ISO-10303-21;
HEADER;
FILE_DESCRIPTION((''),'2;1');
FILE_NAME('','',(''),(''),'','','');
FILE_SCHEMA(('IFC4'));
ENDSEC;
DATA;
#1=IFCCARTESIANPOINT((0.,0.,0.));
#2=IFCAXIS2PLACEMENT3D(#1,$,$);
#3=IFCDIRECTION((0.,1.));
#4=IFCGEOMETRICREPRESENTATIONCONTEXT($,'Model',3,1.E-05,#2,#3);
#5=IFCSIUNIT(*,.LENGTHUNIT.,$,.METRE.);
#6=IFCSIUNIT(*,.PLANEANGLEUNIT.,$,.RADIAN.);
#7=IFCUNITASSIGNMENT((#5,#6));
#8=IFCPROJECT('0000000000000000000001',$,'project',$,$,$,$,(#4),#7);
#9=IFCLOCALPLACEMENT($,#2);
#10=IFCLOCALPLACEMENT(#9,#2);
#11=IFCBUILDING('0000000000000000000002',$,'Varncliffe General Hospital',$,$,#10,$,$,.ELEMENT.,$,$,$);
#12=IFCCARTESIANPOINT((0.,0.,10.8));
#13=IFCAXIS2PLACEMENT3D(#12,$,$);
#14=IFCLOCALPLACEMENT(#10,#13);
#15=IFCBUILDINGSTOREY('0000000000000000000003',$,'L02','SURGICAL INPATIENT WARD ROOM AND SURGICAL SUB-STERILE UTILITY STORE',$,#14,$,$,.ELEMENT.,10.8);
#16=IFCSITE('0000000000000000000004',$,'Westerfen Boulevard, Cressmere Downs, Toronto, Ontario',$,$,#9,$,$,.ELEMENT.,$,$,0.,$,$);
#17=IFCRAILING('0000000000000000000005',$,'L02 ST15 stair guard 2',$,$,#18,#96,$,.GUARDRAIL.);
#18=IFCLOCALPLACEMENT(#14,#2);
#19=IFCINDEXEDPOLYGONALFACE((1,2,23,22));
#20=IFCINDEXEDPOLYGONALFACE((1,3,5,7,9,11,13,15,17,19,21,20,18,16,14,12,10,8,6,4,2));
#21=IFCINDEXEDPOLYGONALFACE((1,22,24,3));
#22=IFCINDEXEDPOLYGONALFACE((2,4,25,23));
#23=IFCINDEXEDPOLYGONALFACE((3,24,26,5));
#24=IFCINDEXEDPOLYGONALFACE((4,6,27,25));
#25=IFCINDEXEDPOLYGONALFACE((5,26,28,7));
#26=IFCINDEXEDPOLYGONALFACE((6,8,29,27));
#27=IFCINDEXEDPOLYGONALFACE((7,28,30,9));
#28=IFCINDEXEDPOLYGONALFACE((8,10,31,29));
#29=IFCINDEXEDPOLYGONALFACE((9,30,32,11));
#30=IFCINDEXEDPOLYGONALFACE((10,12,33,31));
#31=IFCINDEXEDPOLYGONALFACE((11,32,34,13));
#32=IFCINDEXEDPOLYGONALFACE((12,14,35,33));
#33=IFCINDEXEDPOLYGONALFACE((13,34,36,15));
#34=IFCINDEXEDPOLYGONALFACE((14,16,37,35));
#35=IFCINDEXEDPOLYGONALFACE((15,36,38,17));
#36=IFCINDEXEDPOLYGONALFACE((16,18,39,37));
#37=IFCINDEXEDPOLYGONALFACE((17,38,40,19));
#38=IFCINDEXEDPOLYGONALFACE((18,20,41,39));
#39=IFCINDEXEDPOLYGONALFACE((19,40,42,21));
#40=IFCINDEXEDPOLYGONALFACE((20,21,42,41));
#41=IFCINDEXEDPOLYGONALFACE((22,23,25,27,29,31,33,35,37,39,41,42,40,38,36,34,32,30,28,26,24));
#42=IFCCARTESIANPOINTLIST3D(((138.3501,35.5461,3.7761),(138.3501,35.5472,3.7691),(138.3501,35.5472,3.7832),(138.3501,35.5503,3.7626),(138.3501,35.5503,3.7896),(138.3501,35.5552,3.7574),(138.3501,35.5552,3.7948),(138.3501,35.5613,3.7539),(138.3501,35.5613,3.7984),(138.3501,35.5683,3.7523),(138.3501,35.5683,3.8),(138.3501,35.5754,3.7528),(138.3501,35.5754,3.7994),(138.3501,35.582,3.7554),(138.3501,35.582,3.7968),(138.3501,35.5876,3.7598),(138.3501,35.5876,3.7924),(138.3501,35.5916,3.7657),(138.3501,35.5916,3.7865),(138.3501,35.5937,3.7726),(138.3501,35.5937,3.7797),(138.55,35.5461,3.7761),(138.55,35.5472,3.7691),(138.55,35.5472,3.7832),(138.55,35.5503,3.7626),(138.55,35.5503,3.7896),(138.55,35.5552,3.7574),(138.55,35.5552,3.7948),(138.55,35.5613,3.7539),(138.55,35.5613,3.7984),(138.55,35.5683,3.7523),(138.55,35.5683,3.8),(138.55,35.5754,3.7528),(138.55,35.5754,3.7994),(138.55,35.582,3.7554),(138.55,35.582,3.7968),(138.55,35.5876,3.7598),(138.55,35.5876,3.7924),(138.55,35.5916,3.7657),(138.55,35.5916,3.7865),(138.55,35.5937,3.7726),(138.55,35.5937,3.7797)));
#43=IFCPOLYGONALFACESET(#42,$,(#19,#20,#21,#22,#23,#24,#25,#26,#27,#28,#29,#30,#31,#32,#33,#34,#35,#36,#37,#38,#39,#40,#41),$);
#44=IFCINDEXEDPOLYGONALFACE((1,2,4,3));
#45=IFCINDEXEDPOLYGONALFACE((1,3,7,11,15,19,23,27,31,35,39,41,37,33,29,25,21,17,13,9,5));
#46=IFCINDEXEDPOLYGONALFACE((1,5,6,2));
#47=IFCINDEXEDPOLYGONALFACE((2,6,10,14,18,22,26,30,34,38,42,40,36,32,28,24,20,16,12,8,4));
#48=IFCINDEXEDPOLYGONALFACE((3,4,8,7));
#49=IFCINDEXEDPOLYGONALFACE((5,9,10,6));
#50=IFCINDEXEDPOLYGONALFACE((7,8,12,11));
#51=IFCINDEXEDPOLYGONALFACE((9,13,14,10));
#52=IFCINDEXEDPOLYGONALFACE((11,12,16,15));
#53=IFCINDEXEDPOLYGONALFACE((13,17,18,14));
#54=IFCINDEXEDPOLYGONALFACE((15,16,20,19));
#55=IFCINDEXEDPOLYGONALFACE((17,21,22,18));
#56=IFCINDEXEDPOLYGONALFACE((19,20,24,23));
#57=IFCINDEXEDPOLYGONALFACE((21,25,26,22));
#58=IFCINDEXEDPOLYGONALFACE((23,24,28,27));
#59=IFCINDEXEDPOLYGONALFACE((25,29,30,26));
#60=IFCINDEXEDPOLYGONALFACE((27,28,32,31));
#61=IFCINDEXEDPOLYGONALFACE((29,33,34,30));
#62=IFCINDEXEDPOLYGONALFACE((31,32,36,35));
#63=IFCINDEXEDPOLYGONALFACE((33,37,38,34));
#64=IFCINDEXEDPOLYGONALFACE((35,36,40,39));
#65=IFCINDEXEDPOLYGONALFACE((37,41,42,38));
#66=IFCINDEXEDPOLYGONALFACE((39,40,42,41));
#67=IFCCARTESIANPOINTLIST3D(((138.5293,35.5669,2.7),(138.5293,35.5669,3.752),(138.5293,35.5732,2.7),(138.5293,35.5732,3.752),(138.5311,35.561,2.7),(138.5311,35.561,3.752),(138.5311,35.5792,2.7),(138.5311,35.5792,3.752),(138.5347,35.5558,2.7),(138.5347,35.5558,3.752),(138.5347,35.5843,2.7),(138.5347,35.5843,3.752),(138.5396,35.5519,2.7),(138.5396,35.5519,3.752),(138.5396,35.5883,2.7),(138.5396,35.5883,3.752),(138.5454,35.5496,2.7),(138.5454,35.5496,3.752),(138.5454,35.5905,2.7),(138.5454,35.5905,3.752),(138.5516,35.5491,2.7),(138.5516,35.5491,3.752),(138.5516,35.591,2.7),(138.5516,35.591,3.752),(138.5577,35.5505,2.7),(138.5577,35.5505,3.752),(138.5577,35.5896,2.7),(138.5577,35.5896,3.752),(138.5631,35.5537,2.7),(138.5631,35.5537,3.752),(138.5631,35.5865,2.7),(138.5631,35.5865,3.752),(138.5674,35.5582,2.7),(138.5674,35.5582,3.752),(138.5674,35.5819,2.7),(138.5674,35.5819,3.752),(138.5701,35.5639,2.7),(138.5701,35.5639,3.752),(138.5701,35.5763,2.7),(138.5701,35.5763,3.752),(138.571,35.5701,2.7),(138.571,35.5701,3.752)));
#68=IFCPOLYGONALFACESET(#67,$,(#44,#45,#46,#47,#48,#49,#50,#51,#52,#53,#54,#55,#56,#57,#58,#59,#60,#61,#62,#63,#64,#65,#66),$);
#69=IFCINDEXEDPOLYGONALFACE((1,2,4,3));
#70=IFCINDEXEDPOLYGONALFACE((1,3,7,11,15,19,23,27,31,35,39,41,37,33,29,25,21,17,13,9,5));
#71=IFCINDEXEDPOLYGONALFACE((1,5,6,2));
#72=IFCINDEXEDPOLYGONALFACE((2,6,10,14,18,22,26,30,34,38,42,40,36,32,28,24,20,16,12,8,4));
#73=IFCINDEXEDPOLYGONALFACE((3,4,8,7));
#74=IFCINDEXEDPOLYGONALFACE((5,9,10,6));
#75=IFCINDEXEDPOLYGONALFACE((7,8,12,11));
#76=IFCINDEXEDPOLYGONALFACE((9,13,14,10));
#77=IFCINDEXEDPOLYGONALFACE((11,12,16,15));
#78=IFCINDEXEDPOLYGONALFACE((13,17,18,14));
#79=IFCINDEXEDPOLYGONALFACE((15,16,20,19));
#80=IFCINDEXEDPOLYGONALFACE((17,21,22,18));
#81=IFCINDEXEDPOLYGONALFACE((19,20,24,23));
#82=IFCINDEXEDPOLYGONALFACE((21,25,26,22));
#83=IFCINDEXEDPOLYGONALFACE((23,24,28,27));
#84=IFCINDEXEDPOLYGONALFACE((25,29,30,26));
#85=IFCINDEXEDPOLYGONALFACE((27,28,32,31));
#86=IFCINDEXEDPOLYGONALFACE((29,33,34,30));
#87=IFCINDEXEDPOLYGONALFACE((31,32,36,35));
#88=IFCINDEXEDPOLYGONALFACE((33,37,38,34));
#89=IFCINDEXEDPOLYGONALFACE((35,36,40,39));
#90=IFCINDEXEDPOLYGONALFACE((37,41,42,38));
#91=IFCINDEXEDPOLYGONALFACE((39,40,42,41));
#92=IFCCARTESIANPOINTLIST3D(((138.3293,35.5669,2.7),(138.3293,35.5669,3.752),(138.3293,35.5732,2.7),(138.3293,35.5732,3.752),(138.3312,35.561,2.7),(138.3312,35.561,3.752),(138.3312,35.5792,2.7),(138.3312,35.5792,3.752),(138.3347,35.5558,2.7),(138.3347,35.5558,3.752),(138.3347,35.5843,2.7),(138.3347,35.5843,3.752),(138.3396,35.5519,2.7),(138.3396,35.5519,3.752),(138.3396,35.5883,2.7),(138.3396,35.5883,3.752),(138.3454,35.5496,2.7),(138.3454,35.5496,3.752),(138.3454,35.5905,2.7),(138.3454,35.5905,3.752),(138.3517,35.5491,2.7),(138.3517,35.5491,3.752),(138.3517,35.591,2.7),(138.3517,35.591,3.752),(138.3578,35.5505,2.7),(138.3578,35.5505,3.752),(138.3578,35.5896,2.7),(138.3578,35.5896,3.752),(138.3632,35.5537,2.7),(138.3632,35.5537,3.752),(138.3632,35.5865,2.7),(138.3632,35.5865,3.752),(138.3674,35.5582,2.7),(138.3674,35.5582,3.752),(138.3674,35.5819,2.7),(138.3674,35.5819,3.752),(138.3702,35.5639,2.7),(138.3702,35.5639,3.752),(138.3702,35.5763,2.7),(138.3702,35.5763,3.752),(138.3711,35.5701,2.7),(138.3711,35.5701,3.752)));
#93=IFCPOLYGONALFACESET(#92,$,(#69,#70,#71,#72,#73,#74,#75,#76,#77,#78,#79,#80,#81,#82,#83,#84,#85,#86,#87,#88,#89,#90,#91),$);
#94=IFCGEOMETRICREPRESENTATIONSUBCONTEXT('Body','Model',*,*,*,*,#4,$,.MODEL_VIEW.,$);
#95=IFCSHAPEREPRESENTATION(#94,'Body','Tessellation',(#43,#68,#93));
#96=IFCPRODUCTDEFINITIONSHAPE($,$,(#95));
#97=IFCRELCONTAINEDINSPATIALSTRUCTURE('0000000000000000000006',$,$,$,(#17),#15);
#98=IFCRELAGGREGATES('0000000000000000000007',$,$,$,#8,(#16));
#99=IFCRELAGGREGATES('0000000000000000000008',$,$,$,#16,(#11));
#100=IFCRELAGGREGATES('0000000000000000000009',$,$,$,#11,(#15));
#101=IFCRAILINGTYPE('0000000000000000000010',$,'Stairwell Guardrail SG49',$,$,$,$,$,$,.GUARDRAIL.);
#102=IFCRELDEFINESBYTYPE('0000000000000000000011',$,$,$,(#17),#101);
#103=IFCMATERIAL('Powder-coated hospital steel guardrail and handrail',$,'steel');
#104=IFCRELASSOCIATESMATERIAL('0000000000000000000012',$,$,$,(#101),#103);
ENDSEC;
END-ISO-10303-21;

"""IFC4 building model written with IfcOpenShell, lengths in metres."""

from ifc_helpers import new_model, si_unit, direction, frame, origin, origin_2d, place, context, subcontext, project, spatial, circle, extrude, material, type_object, element, save


model = new_model("IFC4")

# Units and contexts
model_context = context("Model", 3, precision=1e-05, world=origin(), true_north=direction((0.0, 1.0)))
body_context = subcontext(model_context, "Body", "Model", "MODEL_VIEW")
ifc_project = project(units=[si_unit("LENGTHUNIT", "METRE"), si_unit("PLANEANGLEUNIT", "RADIAN")], contexts=[model_context])

# Site, building, storey
site_placement = place(None, origin())
site = spatial("IfcSite", under=ifc_project, at=site_placement, Name="Westerfen Boulevard, Cressmere Downs, Toronto, Ontario", CompositionType="ELEMENT", RefElevation=0.0)
building_placement = place(site_placement, origin())
building = spatial("IfcBuilding", under=site, at=building_placement, Name="Varncliffe General Hospital", CompositionType="ELEMENT")
storey_placement = place(building_placement, frame((0.0, 0.0, 10.8)))
storey = spatial("IfcBuildingStorey", under=building, at=storey_placement, Name="L02", Description="SURGICAL INPATIENT WARD ROOM AND SURGICAL SUB-STERILE UTILITY STORE", CompositionType="ELEMENT", Elevation=10.8)

# Railing
ifc_material_1 = material(Name="Powder-coated hospital steel guardrail and handrail", Category="steel")
railing_type_1 = type_object("IfcRailingType", Name="Stairwell Guardrail SG49", PredefinedType="GUARDRAIL", material=ifc_material_1)
railing_1_placement = place(storey_placement, frame((138.55, 35.5701, 2.7)))
element("IfcRailing", 1, at=railing_1_placement, inside=storey, type_object=railing_type_1, Name="L02 ST15 stair guard 2", PredefinedType="GUARDRAIL", context=body_context, shape_type="SweptSolid", body=[
    extrude(circle(Radius=0.0239, at=origin_2d()), frame((0.0, 0.0, 1.0762), z_axis=(-1.0, 0.0, 0.0), x_axis=(0.0, -1.0, 0.0)), (0.0, 0.0, 1.0), 0.2),
    extrude(circle(Radius=0.021, at=origin_2d()), origin(), (0.0, 0.0, 1.0), 1.052),
    extrude(circle(Radius=0.021, at=origin_2d()), frame((-0.2, 0.0, 0.0)), (0.0, 0.0, 1.0), 1.052),
])

save(model, "model.ifc")
